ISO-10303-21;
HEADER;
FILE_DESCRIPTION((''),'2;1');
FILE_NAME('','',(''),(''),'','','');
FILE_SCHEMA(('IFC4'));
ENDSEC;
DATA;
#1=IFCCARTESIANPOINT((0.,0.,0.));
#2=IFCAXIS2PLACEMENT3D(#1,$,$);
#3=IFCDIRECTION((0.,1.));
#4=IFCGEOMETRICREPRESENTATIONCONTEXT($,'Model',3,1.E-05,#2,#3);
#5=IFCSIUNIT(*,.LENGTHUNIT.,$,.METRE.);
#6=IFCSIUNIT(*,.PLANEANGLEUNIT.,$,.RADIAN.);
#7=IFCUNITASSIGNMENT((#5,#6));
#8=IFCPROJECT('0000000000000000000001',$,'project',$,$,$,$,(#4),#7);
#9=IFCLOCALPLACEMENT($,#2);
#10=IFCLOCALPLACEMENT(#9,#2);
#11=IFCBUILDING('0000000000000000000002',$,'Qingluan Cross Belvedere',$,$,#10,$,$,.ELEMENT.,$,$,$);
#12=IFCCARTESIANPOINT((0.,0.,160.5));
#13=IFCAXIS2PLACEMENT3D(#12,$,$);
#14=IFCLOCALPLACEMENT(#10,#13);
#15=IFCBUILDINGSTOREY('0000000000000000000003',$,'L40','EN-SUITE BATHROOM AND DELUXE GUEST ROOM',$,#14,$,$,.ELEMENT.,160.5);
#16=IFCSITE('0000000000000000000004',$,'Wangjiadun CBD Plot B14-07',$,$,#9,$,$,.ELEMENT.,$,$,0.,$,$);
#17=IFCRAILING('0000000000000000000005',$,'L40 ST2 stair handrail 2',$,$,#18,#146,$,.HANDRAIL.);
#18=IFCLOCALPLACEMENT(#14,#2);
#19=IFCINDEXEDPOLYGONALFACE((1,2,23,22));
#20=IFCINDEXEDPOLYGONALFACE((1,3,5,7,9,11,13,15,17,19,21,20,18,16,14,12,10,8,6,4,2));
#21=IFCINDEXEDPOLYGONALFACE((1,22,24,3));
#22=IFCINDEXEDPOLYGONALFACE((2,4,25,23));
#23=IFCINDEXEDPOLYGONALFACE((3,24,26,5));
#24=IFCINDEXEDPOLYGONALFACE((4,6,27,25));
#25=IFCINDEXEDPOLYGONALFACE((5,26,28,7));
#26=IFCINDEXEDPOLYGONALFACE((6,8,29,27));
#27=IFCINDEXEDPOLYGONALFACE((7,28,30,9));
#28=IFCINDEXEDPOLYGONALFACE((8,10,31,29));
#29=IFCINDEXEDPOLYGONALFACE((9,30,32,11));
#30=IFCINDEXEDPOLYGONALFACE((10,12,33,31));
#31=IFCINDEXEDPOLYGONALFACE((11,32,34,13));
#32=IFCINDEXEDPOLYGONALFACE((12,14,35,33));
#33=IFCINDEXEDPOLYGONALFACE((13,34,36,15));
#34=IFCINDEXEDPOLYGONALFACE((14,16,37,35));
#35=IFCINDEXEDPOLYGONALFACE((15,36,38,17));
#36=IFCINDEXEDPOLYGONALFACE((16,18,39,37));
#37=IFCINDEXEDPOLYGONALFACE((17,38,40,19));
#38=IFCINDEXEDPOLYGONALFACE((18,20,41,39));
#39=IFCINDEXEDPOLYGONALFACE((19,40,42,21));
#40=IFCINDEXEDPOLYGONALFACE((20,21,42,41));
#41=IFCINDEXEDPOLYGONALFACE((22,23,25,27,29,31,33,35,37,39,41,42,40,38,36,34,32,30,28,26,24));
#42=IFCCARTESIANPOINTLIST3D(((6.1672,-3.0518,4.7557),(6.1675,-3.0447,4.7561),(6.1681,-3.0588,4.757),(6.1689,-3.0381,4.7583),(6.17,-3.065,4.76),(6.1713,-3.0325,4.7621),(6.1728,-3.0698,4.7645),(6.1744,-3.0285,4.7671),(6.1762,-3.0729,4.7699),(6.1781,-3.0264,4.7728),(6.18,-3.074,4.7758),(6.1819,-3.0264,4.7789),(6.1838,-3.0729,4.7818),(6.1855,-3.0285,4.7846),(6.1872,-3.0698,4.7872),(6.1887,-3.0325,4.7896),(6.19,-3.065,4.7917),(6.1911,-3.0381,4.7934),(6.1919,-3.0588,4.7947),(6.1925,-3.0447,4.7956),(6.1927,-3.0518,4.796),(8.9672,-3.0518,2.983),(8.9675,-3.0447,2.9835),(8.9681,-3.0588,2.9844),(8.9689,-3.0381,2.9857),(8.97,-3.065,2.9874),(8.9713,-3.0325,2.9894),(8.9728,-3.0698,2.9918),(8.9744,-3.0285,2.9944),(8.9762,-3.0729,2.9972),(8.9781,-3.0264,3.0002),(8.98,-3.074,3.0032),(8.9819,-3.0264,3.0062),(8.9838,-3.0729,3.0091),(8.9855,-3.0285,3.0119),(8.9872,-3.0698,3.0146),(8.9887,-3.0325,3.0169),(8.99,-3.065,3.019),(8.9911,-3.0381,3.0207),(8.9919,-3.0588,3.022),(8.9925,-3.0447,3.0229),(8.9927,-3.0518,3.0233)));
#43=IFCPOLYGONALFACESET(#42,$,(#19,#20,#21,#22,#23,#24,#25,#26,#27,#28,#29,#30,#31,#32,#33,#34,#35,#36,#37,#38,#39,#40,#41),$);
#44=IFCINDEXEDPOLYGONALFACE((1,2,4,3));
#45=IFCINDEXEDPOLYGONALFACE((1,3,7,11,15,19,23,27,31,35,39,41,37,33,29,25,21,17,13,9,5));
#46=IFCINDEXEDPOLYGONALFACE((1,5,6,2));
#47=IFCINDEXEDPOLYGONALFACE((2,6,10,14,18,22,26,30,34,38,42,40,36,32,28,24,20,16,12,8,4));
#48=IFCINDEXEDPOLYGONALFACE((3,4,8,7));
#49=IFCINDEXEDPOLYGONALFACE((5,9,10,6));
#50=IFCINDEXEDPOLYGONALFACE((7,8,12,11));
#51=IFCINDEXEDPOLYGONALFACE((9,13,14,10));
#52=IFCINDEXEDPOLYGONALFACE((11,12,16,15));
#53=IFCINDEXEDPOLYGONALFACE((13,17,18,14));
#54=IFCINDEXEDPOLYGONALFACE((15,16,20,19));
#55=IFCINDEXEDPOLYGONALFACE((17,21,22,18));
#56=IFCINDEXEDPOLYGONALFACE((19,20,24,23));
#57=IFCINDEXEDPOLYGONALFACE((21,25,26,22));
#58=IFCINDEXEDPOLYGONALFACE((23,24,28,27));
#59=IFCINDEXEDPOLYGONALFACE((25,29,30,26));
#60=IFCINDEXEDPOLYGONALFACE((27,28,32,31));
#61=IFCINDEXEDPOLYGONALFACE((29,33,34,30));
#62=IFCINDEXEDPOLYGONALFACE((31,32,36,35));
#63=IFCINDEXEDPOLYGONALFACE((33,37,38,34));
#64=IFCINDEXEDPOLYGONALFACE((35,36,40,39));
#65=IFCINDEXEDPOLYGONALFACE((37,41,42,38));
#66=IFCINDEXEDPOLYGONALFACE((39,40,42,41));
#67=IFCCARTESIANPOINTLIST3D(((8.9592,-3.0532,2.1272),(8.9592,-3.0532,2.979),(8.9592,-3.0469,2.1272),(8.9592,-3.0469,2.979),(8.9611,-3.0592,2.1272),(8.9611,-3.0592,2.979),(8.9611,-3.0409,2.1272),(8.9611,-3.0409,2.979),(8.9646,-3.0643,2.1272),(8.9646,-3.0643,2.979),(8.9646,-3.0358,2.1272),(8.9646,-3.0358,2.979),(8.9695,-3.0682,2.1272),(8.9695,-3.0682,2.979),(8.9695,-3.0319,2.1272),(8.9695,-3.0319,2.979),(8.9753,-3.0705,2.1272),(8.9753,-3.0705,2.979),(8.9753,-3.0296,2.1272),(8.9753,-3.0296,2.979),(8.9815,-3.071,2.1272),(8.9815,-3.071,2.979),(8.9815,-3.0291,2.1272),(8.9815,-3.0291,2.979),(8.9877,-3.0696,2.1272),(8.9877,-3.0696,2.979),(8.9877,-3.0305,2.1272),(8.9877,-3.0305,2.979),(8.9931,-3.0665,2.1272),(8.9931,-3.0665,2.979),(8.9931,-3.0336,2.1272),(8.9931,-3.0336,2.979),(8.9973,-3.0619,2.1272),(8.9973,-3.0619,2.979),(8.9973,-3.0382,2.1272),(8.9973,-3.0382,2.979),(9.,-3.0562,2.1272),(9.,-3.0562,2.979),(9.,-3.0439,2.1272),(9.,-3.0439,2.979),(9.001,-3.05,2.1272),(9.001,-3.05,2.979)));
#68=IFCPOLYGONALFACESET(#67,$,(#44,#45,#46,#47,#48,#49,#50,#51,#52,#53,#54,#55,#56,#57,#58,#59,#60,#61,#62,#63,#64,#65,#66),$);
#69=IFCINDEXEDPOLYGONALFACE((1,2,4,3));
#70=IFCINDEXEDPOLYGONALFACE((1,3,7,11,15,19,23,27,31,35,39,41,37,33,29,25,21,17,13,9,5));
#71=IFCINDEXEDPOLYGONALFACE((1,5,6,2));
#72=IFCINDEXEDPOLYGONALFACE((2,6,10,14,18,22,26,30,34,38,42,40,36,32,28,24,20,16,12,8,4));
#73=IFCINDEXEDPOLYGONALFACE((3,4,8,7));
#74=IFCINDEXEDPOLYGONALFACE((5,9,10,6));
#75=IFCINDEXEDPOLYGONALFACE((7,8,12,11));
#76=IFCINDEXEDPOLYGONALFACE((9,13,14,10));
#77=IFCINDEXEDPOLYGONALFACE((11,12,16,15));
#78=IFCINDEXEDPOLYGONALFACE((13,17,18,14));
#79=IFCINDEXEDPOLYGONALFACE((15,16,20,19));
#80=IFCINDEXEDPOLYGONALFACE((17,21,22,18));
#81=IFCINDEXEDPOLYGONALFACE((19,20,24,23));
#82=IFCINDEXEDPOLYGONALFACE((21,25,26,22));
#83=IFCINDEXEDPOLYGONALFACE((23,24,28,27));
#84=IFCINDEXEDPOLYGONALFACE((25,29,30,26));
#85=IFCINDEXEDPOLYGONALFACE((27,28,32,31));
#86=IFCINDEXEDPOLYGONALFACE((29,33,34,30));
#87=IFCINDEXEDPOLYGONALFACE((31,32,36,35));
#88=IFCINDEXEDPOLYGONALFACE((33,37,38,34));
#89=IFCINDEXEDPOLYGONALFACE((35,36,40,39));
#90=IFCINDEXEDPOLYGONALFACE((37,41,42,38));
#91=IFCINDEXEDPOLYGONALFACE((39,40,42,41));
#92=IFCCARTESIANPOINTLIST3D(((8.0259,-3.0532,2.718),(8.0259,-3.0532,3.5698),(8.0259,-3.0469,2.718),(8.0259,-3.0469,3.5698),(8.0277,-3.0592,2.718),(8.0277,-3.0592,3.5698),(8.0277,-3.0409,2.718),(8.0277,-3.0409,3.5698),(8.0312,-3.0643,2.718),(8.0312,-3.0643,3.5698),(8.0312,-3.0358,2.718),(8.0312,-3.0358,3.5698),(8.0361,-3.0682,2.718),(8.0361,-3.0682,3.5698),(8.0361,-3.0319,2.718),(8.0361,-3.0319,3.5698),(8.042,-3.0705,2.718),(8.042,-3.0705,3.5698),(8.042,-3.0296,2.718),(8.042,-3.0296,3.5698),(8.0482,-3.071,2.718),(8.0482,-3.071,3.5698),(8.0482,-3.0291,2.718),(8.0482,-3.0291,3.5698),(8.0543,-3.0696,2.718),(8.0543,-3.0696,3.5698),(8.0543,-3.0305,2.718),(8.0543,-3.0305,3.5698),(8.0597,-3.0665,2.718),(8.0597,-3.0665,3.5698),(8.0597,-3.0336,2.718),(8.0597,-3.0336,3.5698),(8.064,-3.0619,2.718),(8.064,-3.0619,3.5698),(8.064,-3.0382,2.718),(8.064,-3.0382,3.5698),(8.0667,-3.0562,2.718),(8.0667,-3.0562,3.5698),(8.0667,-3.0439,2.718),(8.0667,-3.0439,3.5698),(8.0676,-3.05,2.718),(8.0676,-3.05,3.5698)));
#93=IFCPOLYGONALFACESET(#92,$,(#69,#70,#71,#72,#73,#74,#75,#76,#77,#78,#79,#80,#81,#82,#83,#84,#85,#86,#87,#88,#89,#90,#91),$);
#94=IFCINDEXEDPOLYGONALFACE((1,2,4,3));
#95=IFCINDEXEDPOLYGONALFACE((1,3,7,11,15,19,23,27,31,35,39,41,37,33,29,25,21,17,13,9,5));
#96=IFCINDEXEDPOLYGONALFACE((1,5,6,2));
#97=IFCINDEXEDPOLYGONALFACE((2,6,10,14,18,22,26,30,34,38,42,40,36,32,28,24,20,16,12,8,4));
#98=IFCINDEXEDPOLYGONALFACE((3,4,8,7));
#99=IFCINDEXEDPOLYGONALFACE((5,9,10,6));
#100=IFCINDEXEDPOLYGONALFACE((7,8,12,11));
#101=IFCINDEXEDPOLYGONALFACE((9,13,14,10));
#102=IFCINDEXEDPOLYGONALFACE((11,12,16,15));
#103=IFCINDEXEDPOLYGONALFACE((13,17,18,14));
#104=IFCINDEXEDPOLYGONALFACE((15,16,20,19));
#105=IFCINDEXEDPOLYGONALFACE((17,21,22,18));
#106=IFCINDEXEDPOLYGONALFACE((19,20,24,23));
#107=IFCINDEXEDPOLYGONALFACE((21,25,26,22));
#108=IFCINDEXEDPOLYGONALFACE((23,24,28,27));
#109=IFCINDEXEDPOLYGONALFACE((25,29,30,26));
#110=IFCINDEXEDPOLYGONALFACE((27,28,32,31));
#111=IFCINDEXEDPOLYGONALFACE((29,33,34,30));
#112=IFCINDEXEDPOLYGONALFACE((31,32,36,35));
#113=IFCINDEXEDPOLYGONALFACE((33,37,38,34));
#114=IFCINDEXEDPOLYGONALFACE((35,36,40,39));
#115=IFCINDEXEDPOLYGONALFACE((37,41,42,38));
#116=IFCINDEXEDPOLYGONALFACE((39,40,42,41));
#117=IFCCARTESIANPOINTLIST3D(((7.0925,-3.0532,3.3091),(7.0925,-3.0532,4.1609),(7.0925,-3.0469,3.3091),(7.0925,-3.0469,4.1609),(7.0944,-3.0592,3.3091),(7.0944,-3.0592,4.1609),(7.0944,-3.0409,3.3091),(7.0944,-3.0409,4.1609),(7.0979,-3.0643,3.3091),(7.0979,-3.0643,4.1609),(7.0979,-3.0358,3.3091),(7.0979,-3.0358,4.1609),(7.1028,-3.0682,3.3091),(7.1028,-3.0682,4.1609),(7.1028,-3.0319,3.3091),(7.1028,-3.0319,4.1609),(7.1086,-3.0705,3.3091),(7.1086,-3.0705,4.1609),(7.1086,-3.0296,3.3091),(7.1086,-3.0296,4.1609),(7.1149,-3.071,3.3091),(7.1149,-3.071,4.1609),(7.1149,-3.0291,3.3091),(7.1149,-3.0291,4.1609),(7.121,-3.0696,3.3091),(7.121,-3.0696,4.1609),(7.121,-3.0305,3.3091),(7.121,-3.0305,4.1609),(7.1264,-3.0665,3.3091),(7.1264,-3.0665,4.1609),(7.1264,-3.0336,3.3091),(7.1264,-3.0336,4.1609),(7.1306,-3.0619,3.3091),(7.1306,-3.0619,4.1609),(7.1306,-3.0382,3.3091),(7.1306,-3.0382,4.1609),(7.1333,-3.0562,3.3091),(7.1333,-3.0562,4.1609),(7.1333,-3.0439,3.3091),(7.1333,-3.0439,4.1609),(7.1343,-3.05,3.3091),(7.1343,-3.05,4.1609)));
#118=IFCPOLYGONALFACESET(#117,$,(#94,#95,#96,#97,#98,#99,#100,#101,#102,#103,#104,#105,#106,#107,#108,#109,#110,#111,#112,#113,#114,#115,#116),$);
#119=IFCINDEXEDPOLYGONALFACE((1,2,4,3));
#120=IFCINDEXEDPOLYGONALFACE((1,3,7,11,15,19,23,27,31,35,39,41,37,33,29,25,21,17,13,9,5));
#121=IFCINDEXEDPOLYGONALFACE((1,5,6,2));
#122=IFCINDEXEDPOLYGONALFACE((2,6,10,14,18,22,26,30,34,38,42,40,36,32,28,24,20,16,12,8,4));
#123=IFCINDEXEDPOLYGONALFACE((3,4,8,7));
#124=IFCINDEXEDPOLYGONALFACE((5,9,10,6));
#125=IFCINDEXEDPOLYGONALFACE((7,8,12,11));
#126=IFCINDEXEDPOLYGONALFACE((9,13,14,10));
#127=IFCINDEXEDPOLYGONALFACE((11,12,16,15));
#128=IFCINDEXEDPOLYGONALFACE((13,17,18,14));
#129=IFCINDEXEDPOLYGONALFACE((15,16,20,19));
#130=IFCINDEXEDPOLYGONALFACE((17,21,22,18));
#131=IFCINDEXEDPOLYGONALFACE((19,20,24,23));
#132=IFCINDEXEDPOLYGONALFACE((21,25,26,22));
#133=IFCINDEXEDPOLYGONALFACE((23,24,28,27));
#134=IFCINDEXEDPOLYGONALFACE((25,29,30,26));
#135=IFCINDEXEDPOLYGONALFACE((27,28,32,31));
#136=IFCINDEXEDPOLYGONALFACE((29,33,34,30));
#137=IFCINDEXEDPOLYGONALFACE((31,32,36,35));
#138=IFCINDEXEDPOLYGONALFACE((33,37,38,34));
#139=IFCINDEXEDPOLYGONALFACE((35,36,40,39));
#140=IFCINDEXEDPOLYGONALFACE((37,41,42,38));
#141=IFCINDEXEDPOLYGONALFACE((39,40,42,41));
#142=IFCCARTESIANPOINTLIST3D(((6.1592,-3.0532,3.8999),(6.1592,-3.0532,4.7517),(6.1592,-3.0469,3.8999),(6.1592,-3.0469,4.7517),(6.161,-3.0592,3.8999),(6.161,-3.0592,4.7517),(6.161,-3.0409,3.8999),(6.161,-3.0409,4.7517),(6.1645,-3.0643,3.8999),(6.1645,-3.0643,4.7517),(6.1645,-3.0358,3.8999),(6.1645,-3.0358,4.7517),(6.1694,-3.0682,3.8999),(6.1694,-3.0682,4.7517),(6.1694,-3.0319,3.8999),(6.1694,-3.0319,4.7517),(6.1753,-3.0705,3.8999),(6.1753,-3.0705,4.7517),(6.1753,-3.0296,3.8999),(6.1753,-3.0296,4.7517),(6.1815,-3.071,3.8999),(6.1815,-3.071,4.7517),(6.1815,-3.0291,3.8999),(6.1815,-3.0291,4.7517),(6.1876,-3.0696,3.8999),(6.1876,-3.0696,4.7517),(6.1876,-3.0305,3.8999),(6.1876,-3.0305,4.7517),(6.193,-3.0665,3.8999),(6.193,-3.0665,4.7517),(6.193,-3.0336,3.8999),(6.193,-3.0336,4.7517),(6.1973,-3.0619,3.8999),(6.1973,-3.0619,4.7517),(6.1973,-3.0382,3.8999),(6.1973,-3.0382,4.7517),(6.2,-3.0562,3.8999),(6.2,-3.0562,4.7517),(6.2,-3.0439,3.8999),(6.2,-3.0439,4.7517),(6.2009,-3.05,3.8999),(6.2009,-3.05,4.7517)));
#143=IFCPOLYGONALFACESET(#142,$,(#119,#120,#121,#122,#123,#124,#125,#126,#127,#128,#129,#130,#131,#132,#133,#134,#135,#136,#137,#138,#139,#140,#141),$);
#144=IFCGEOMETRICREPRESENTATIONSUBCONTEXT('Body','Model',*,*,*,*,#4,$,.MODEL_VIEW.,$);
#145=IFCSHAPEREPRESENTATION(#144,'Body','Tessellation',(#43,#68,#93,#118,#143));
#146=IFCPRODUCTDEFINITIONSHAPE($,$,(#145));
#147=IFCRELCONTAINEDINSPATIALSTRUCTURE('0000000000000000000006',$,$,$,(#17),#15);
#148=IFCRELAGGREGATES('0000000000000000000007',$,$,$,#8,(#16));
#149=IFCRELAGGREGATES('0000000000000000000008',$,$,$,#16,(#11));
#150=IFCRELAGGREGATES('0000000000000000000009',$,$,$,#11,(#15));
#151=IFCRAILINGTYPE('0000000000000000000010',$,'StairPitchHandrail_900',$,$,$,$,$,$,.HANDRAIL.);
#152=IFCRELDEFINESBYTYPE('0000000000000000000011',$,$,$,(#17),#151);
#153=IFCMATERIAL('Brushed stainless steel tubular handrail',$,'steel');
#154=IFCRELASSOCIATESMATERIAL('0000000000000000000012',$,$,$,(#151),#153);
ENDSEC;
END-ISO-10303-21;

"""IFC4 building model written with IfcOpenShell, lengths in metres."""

from ifc_helpers import new_model, si_unit, direction, frame, origin, origin_2d, place, context, subcontext, project, spatial, circle, extrude, material, type_object, element, save


model = new_model("IFC4")

# Units and contexts
model_context = context("Model", 3, precision=1e-05, world=origin(), true_north=direction((0.0, 1.0)))
body_context = subcontext(model_context, "Body", "Model", "MODEL_VIEW")
ifc_project = project(units=[si_unit("LENGTHUNIT", "METRE"), si_unit("PLANEANGLEUNIT", "RADIAN")], contexts=[model_context])

# Site, building, storey
site_placement = place(None, origin())
site = spatial("IfcSite", under=ifc_project, at=site_placement, Name="Wangjiadun CBD Plot B14-07", CompositionType="ELEMENT", RefElevation=0.0)
building_placement = place(site_placement, origin())
building = spatial("IfcBuilding", under=site, at=building_placement, Name="Qingluan Cross Belvedere", CompositionType="ELEMENT")
storey_placement = place(building_placement, frame((0.0, 0.0, 160.5)))
storey = spatial("IfcBuildingStorey", under=building, at=storey_placement, Name="L40", Description="EN-SUITE BATHROOM AND DELUXE GUEST ROOM", CompositionType="ELEMENT", Elevation=160.5)

# Railing
ifc_material_1 = material(Name="Brushed stainless steel tubular handrail", Category="steel")
railing_type_1 = type_object("IfcRailingType", Name="StairPitchHandrail_900", PredefinedType="HANDRAIL", material=ifc_material_1)
railing_1_placement = place(storey_placement, frame((8.98, -3.05, 2.1272)))
element("IfcRailing", 1, at=railing_1_placement, inside=storey, type_object=railing_type_1, Name="L40 ST2 stair handrail 2", PredefinedType="HANDRAIL", context=body_context, shape_type="SweptSolid", body=[
    extrude(circle(Radius=0.0239, at=origin_2d()), frame((0.0, 0.0, 0.876), z_axis=(-0.844909, 0.0, 0.53491), x_axis=(0.0, -1.0, 0.0)), (0.0, 0.0, 1.0), 3.314),
    extrude(circle(Radius=0.021, at=origin_2d()), origin(), (0.0, 0.0, 1.0), 0.8518),
    extrude(circle(Radius=0.021, at=origin_2d()), frame((-0.9333, 0.0, 0.5908)), (0.0, 0.0, 1.0), 0.8518),
    extrude(circle(Radius=0.021, at=origin_2d()), frame((-1.8667, 0.0, 1.1819)), (0.0, 0.0, 1.0), 0.8518),
    extrude(circle(Radius=0.021, at=origin_2d()), frame((-2.8, 0.0, 1.7727)), (0.0, 0.0, 1.0), 0.8518),
])

save(model, "model.ifc")
